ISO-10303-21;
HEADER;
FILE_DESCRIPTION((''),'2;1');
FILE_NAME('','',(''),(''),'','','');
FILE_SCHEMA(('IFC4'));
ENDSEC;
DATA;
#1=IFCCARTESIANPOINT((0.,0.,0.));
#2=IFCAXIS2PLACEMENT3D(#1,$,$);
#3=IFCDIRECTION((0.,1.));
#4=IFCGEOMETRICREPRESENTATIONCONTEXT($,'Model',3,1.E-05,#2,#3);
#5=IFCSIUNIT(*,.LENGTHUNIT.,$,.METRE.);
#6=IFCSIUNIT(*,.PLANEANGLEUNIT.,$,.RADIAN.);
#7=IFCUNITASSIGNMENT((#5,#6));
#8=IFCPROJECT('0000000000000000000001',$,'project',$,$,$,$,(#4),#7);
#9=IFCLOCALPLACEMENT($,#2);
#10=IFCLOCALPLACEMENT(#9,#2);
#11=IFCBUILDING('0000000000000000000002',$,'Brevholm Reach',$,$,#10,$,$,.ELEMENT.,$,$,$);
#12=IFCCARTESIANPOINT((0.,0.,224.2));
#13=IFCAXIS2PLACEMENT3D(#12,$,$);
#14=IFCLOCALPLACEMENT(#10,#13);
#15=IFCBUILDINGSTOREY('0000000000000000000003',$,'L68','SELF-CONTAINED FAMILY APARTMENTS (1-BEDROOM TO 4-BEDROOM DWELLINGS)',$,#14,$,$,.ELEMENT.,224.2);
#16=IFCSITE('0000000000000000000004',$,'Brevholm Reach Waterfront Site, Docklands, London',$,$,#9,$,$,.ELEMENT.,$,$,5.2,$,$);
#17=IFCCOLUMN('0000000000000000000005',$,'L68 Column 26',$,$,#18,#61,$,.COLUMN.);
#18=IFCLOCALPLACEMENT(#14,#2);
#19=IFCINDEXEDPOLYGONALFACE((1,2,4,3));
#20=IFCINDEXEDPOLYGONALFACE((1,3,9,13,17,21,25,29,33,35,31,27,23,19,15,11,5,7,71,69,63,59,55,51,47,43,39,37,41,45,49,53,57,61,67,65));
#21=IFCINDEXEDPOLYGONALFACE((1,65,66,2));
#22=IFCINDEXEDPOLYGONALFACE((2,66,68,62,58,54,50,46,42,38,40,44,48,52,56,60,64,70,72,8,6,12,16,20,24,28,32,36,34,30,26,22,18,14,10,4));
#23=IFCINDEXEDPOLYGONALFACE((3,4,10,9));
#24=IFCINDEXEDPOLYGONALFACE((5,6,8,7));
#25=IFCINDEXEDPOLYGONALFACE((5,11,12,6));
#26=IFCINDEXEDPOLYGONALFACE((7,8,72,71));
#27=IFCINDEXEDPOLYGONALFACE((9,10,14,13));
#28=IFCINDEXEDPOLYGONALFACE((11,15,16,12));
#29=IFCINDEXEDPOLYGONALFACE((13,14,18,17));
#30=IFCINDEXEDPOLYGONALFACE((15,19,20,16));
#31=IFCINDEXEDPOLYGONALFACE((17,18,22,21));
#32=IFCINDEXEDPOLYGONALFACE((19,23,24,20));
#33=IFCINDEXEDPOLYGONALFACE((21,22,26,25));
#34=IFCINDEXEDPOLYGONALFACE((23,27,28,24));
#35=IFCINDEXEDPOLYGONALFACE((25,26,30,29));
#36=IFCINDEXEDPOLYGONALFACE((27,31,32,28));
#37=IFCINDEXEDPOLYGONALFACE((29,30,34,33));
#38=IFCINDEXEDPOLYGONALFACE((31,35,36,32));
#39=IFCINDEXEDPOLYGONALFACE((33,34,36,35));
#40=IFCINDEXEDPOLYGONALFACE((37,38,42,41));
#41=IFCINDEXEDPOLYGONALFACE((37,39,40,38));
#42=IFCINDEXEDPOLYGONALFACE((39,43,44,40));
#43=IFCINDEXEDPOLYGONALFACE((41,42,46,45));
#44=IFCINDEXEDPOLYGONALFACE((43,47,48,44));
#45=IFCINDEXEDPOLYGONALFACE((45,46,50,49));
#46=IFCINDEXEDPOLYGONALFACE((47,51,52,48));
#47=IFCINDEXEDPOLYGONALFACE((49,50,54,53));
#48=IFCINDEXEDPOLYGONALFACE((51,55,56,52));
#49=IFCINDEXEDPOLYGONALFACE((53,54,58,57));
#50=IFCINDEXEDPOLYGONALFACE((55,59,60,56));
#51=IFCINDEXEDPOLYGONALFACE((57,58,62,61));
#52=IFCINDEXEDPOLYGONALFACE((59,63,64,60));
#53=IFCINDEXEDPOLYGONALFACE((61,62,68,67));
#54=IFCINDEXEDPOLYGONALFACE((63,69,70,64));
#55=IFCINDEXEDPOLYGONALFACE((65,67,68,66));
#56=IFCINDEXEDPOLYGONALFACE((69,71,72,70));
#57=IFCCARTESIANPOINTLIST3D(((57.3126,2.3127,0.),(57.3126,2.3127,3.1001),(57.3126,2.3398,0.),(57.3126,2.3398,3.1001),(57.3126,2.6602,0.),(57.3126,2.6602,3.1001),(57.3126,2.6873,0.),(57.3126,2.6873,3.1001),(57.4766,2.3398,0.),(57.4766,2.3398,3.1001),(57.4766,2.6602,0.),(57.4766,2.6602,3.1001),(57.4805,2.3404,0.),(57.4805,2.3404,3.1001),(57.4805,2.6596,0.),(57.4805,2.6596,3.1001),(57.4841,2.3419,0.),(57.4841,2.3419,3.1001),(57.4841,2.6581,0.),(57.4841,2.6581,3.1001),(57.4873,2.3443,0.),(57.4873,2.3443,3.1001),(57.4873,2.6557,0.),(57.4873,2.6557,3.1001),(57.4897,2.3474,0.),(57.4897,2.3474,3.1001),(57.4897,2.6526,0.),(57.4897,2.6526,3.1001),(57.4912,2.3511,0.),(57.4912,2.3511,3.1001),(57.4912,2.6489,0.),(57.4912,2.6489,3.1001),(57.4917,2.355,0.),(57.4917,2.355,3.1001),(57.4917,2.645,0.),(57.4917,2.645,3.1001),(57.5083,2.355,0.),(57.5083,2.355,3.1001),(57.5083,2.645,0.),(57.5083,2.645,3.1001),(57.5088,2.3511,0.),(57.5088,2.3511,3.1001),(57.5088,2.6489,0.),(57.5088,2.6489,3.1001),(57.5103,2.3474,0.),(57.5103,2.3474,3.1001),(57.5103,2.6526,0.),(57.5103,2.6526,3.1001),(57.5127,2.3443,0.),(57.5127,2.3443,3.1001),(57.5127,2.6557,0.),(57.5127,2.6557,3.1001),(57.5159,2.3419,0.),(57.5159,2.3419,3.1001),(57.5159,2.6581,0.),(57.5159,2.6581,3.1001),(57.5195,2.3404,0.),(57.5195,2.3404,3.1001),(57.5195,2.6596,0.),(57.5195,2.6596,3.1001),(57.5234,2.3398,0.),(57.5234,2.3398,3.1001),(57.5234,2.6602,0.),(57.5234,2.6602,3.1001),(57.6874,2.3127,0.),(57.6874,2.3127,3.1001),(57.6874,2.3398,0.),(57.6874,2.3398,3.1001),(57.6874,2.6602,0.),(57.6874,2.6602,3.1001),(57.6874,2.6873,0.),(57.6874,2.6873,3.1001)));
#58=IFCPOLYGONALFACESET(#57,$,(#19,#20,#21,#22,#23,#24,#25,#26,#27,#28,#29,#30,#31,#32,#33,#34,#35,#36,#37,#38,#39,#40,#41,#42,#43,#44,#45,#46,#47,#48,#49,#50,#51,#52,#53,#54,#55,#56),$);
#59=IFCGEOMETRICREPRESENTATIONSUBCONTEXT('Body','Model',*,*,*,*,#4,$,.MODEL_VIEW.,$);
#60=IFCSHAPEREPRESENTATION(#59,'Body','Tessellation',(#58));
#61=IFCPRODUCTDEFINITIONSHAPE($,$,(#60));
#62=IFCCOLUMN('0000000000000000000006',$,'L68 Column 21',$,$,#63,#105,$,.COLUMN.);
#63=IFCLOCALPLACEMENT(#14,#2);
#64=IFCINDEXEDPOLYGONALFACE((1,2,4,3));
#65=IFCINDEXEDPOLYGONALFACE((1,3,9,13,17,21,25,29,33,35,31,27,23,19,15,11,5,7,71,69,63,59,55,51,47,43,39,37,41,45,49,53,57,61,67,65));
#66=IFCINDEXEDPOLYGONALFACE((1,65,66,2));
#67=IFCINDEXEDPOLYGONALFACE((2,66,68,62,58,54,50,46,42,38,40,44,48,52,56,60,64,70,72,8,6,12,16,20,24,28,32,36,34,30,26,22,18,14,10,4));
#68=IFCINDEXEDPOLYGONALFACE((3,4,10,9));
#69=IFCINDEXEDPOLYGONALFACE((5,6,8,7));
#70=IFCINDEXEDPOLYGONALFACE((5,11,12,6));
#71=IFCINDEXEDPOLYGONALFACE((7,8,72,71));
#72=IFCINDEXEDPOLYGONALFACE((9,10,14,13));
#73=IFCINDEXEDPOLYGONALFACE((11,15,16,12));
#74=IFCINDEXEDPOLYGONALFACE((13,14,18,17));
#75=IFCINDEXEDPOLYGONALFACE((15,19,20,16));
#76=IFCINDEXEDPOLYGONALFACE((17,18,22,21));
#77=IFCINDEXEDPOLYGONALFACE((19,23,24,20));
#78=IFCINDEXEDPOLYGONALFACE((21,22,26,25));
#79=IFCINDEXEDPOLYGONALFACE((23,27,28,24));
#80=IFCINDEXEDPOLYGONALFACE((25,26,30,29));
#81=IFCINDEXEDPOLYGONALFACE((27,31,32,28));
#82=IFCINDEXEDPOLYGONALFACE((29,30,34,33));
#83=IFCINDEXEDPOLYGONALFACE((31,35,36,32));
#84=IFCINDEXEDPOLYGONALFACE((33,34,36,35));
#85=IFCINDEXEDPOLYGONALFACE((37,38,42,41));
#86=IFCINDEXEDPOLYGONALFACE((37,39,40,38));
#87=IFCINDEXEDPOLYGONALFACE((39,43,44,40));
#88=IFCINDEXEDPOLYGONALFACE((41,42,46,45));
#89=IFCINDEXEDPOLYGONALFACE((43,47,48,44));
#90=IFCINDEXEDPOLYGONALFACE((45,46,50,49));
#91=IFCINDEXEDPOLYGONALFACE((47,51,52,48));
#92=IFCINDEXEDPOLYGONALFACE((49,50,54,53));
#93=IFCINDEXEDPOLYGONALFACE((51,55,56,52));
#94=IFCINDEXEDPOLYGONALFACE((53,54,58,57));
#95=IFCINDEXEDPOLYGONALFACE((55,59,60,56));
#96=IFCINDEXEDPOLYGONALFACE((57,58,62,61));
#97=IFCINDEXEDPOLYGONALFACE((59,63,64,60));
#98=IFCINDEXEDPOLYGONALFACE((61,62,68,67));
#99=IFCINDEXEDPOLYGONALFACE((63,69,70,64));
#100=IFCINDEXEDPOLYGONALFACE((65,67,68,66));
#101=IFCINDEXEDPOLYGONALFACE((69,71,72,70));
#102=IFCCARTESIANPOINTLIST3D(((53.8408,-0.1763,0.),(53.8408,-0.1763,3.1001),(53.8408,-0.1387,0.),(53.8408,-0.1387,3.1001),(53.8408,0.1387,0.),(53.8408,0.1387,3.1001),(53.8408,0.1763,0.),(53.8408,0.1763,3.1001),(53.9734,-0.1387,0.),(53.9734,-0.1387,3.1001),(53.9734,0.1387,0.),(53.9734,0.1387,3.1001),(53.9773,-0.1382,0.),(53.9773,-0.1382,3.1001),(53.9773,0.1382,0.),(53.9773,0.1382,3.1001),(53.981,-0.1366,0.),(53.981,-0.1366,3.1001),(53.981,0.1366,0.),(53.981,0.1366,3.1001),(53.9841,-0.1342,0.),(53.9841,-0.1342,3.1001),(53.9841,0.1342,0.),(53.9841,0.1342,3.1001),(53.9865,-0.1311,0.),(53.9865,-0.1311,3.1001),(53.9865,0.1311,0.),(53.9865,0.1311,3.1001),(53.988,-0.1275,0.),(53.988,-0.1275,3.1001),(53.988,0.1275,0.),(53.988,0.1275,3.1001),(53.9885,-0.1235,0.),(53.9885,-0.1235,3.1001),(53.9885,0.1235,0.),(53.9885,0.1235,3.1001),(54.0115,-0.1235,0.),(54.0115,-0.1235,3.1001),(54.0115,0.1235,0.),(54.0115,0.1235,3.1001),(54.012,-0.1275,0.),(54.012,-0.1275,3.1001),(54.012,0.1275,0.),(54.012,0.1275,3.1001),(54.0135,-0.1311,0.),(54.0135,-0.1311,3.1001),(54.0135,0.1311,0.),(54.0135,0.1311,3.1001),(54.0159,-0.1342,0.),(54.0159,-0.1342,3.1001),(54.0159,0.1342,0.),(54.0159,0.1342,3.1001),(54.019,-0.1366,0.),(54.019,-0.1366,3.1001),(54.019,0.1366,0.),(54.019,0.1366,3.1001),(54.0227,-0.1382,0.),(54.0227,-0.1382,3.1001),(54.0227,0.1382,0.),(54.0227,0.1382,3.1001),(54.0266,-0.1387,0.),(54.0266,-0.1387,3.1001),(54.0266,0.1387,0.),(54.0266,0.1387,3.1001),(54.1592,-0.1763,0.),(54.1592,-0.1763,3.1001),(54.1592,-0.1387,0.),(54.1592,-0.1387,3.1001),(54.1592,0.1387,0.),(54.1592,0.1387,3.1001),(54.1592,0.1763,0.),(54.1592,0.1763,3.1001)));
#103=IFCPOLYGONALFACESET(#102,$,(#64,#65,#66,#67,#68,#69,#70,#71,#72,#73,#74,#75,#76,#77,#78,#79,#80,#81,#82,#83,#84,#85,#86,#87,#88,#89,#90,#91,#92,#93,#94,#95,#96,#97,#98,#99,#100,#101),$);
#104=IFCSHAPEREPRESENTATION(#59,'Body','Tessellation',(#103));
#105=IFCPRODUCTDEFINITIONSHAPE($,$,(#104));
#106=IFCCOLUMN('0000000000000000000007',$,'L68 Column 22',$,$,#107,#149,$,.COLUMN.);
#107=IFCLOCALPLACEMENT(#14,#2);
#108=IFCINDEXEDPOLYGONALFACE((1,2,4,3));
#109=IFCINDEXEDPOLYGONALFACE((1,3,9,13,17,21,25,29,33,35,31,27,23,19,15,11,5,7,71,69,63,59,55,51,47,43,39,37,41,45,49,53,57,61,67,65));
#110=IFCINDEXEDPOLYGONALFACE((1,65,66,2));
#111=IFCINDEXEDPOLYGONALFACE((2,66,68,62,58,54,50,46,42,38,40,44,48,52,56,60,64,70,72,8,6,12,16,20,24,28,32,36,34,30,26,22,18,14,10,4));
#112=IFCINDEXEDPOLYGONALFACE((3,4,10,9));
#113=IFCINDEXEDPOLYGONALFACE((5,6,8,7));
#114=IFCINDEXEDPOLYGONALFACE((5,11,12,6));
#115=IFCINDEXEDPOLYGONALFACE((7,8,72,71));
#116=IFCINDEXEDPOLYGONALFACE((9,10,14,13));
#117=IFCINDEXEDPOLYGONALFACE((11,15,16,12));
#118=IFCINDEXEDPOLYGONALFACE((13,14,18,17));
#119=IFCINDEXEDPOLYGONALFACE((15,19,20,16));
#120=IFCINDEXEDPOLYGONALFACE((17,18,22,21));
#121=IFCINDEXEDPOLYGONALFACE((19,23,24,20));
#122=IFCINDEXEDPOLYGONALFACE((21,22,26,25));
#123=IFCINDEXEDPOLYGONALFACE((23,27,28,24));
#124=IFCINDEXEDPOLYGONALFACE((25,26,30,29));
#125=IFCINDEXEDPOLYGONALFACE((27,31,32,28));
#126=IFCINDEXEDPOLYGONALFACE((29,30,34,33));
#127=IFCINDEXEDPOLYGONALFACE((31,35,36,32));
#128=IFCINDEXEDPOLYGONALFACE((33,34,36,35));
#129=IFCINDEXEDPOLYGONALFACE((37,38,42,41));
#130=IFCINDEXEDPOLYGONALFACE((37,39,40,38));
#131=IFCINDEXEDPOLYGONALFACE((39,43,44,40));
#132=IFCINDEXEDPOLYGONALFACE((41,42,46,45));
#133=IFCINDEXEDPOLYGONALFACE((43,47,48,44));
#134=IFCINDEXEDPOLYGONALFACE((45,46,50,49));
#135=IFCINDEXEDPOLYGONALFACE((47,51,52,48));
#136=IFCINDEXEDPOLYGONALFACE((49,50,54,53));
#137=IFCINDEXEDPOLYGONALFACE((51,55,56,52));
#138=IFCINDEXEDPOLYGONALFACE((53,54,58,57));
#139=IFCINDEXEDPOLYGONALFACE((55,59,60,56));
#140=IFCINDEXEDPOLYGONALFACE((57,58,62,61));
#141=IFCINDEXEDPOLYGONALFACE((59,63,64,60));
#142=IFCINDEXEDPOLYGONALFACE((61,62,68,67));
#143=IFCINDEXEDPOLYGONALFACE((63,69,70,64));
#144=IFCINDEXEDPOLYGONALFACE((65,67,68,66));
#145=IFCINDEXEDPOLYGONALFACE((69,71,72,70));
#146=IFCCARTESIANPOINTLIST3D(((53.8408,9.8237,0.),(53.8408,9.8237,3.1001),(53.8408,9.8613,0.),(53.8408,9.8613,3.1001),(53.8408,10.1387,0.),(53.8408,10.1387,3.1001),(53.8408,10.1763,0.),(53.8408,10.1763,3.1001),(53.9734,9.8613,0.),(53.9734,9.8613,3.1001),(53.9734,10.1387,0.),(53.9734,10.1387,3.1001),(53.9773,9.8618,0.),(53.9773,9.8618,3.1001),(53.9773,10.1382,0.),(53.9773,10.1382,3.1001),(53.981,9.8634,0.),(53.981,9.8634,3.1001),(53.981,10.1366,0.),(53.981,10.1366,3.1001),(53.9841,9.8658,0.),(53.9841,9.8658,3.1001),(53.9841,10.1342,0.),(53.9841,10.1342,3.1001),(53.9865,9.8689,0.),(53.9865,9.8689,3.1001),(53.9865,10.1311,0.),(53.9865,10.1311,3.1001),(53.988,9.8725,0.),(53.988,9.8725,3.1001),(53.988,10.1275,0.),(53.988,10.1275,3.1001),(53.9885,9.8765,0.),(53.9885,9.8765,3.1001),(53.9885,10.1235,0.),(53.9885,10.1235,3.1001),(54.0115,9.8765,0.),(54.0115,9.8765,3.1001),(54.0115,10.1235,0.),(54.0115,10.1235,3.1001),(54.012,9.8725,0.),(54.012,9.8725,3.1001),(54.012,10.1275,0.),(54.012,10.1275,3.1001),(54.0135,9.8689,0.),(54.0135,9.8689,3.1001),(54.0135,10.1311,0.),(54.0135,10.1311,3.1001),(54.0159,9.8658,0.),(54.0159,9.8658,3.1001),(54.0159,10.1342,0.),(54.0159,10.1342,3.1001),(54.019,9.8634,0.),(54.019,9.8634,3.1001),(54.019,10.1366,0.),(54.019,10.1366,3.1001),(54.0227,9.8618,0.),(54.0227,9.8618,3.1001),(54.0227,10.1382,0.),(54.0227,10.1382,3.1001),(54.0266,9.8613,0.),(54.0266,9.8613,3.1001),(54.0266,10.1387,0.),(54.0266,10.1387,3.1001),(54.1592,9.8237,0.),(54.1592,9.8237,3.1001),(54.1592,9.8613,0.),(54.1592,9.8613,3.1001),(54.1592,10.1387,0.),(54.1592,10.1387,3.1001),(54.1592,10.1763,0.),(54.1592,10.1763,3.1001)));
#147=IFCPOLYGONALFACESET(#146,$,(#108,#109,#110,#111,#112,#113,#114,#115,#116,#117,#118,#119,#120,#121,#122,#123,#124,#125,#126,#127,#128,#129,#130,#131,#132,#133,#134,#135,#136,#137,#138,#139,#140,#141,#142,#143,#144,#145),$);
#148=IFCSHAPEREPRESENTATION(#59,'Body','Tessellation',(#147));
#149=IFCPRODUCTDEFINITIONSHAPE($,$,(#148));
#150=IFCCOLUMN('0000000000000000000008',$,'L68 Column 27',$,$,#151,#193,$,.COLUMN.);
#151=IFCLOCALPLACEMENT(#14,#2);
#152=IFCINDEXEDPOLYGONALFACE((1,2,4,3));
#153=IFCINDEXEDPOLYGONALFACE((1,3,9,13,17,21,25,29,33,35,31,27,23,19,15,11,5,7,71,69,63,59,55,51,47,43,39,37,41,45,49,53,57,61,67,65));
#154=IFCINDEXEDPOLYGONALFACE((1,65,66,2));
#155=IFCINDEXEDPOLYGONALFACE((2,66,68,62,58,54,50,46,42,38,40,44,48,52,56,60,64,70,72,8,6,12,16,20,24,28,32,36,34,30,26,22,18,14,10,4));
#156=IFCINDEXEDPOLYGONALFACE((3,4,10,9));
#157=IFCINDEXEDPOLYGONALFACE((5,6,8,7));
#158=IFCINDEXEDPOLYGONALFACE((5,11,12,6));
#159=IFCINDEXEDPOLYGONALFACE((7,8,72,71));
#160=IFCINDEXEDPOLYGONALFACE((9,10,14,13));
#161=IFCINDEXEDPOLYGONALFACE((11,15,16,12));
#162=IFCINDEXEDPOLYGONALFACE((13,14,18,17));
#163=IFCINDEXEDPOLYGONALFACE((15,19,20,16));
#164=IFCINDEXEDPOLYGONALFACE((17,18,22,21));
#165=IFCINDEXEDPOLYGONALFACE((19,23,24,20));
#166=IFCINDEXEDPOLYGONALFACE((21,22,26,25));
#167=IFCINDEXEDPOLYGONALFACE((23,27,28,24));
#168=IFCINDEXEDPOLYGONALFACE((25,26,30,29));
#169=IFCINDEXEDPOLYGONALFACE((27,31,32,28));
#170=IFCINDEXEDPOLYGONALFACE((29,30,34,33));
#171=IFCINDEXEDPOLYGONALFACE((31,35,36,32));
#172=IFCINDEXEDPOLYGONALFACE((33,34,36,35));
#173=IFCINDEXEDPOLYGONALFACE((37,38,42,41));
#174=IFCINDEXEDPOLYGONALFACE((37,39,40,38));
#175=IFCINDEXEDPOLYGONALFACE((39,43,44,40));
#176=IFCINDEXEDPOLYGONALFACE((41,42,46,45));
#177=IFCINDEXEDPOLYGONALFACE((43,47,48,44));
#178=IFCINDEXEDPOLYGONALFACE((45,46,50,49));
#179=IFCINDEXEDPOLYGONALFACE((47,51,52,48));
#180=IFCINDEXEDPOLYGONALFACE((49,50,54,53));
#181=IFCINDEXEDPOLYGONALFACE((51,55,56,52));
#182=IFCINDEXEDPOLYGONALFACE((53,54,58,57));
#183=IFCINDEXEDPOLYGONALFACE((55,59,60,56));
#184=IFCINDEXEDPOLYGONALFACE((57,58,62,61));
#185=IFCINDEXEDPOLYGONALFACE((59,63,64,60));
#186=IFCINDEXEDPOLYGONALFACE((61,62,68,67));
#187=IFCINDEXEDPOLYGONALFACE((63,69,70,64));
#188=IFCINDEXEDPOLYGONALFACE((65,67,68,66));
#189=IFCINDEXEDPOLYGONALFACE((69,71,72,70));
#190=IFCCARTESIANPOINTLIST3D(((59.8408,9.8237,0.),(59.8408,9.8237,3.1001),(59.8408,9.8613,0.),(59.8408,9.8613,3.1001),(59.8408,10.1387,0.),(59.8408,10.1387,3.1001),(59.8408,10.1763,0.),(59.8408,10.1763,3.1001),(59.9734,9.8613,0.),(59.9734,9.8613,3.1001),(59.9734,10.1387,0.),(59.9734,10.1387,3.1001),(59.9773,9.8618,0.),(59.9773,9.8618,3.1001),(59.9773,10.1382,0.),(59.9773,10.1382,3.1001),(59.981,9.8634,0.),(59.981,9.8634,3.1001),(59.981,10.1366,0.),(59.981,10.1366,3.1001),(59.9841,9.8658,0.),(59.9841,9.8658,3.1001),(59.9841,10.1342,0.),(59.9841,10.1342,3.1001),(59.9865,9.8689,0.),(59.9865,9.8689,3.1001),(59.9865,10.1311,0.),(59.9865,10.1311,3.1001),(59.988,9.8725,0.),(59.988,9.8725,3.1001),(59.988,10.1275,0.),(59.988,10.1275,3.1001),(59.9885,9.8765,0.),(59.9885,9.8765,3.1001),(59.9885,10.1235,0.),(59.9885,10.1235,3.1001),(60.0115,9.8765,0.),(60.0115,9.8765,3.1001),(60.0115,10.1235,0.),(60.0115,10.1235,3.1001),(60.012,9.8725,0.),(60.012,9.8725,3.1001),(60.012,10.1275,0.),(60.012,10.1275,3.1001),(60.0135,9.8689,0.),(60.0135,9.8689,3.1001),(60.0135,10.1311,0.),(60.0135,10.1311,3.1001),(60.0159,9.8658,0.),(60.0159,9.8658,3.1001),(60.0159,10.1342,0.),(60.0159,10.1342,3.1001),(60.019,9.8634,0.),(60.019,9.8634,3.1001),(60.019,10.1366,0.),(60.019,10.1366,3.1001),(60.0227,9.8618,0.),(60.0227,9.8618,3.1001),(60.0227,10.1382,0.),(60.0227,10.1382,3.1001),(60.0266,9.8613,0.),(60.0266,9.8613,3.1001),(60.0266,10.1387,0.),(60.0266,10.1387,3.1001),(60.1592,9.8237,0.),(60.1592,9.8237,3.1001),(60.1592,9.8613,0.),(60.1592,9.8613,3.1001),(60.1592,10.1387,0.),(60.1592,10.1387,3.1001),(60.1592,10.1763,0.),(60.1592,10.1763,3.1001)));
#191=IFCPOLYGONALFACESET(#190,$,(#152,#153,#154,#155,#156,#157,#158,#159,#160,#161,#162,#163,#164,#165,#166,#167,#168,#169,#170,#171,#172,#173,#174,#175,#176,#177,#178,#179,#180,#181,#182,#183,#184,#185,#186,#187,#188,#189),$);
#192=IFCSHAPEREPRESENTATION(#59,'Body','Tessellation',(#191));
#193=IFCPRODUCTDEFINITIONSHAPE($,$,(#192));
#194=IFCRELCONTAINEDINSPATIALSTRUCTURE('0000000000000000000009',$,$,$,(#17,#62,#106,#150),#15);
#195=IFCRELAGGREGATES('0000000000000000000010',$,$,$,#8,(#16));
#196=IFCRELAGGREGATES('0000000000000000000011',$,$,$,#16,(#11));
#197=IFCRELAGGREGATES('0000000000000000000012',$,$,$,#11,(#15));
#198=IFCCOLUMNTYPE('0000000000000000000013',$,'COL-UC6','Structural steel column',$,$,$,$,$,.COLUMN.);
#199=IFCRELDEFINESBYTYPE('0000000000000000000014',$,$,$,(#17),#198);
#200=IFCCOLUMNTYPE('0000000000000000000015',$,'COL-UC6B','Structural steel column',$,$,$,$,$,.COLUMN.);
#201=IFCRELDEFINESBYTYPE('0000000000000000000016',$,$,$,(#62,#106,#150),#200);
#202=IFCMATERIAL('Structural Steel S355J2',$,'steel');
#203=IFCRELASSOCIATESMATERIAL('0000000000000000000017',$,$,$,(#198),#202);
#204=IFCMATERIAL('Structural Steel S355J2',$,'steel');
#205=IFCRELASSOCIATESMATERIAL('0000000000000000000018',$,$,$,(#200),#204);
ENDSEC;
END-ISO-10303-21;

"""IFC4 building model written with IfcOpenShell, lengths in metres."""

from ifc_helpers import new_model, si_unit, direction, frame, origin, origin_2d, place, context, subcontext, project, spatial, i_section, extrude, material, material_profile, profile_set, type_object, element, save


model = new_model("IFC4")

# Units and contexts
model_context = context("Model", 3, precision=1e-05, world=origin(), true_north=direction((0.0, 1.0)))
body_context = subcontext(model_context, "Body", "Model", "MODEL_VIEW")
ifc_project = project(units=[si_unit("LENGTHUNIT", "METRE"), si_unit("PLANEANGLEUNIT", "RADIAN")], contexts=[model_context])

# Site, building, storey
site_placement = place(None, origin())
site = spatial("IfcSite", under=ifc_project, at=site_placement, Name="Brevholm Reach Waterfront Site, Docklands, London", CompositionType="ELEMENT", RefElevation=5.2)
building_placement = place(site_placement, origin())
building = spatial("IfcBuilding", under=site, at=building_placement, Name="Brevholm Reach", CompositionType="ELEMENT")
storey_placement = place(building_placement, frame((0.0, 0.0, 224.2)))
storey = spatial("IfcBuildingStorey", under=building, at=storey_placement, Name="L68", Description="SELF-CONTAINED FAMILY APARTMENTS (1-BEDROOM TO 4-BEDROOM DWELLINGS)", CompositionType="ELEMENT", Elevation=224.2)

# Columns
ifc_material_1 = material(Name="Structural Steel S355J2", Category="steel")
ifc_material_profile_1 = material_profile(ifc_material_1, i_section(OverallWidth=0.3748, OverallDepth=0.3745, WebThickness=0.0166, FlangeThickness=0.0271, FilletRadius=0.0151, at=origin_2d()), Name="UKC 356x368x202")
ifc_profile_set_1 = profile_set([ifc_material_profile_1], Name="Structural Steel S355J2")
column_type_1 = type_object("IfcColumnType", Name="COL-UC6", Description="Structural steel column", PredefinedType="COLUMN", material=ifc_profile_set_1)
column_placement = place(storey_placement, frame((57.5, 2.5, 0.0), z_axis=(0.0, 0.0, 1.0), x_axis=(1.0, 0.0, 0.0)))
element("IfcColumn", 1, at=column_placement, inside=storey, type_object=column_type_1, Name="L68 Column 26", PredefinedType="COLUMN", context=body_context, shape_type="SweptSolid", body=[
    extrude(i_section(OverallWidth=0.3748, OverallDepth=0.3745, WebThickness=0.0166, FlangeThickness=0.0271, FilletRadius=0.0151, at=origin_2d()), origin(), (0.0, 0.0, 1.0), 3.1001),
])
ifc_material_2 = material(Name="Structural Steel S355J2", Category="steel")
ifc_material_profile_2 = material_profile(ifc_material_2, i_section(OverallWidth=0.3184, OverallDepth=0.3525, WebThickness=0.0229, FlangeThickness=0.0376, FilletRadius=0.0151, at=origin_2d()), Name="UKC 305x305x240")
ifc_profile_set_2 = profile_set([ifc_material_profile_2], Name="Structural Steel S355J2")
column_type_2 = type_object("IfcColumnType", Name="COL-UC6B", Description="Structural steel column", PredefinedType="COLUMN", material=ifc_profile_set_2)
for number, where, z_axis, x_axis, name in (
    (2, (54.0, 0.0, 0.0), (0.0, 0.0, 1.0), (1.0, 0.0, 0.0), "L68 Column 21"),
    (3, (54.0, 10.0, 0.0), (0.0, 0.0, 1.0), (1.0, 0.0, 0.0), "L68 Column 22"),
    (4, (60.0, 10.0, 0.0), (0.0, 0.0, 1.0), (1.0, 0.0, 0.0), "L68 Column 27"),
):
    element("IfcColumn", number, at=place(storey_placement, frame(where, z_axis=z_axis, x_axis=x_axis)), inside=storey, type_object=column_type_2, Name=name, PredefinedType="COLUMN", context=body_context, shape_type="SweptSolid", body=[
        extrude(i_section(OverallWidth=0.3184, OverallDepth=0.3525, WebThickness=0.0229, FlangeThickness=0.0376, FilletRadius=0.0151, at=origin_2d()), origin(), (0.0, 0.0, 1.0), 3.1001),
    ])

save(model, "model.ifc")
